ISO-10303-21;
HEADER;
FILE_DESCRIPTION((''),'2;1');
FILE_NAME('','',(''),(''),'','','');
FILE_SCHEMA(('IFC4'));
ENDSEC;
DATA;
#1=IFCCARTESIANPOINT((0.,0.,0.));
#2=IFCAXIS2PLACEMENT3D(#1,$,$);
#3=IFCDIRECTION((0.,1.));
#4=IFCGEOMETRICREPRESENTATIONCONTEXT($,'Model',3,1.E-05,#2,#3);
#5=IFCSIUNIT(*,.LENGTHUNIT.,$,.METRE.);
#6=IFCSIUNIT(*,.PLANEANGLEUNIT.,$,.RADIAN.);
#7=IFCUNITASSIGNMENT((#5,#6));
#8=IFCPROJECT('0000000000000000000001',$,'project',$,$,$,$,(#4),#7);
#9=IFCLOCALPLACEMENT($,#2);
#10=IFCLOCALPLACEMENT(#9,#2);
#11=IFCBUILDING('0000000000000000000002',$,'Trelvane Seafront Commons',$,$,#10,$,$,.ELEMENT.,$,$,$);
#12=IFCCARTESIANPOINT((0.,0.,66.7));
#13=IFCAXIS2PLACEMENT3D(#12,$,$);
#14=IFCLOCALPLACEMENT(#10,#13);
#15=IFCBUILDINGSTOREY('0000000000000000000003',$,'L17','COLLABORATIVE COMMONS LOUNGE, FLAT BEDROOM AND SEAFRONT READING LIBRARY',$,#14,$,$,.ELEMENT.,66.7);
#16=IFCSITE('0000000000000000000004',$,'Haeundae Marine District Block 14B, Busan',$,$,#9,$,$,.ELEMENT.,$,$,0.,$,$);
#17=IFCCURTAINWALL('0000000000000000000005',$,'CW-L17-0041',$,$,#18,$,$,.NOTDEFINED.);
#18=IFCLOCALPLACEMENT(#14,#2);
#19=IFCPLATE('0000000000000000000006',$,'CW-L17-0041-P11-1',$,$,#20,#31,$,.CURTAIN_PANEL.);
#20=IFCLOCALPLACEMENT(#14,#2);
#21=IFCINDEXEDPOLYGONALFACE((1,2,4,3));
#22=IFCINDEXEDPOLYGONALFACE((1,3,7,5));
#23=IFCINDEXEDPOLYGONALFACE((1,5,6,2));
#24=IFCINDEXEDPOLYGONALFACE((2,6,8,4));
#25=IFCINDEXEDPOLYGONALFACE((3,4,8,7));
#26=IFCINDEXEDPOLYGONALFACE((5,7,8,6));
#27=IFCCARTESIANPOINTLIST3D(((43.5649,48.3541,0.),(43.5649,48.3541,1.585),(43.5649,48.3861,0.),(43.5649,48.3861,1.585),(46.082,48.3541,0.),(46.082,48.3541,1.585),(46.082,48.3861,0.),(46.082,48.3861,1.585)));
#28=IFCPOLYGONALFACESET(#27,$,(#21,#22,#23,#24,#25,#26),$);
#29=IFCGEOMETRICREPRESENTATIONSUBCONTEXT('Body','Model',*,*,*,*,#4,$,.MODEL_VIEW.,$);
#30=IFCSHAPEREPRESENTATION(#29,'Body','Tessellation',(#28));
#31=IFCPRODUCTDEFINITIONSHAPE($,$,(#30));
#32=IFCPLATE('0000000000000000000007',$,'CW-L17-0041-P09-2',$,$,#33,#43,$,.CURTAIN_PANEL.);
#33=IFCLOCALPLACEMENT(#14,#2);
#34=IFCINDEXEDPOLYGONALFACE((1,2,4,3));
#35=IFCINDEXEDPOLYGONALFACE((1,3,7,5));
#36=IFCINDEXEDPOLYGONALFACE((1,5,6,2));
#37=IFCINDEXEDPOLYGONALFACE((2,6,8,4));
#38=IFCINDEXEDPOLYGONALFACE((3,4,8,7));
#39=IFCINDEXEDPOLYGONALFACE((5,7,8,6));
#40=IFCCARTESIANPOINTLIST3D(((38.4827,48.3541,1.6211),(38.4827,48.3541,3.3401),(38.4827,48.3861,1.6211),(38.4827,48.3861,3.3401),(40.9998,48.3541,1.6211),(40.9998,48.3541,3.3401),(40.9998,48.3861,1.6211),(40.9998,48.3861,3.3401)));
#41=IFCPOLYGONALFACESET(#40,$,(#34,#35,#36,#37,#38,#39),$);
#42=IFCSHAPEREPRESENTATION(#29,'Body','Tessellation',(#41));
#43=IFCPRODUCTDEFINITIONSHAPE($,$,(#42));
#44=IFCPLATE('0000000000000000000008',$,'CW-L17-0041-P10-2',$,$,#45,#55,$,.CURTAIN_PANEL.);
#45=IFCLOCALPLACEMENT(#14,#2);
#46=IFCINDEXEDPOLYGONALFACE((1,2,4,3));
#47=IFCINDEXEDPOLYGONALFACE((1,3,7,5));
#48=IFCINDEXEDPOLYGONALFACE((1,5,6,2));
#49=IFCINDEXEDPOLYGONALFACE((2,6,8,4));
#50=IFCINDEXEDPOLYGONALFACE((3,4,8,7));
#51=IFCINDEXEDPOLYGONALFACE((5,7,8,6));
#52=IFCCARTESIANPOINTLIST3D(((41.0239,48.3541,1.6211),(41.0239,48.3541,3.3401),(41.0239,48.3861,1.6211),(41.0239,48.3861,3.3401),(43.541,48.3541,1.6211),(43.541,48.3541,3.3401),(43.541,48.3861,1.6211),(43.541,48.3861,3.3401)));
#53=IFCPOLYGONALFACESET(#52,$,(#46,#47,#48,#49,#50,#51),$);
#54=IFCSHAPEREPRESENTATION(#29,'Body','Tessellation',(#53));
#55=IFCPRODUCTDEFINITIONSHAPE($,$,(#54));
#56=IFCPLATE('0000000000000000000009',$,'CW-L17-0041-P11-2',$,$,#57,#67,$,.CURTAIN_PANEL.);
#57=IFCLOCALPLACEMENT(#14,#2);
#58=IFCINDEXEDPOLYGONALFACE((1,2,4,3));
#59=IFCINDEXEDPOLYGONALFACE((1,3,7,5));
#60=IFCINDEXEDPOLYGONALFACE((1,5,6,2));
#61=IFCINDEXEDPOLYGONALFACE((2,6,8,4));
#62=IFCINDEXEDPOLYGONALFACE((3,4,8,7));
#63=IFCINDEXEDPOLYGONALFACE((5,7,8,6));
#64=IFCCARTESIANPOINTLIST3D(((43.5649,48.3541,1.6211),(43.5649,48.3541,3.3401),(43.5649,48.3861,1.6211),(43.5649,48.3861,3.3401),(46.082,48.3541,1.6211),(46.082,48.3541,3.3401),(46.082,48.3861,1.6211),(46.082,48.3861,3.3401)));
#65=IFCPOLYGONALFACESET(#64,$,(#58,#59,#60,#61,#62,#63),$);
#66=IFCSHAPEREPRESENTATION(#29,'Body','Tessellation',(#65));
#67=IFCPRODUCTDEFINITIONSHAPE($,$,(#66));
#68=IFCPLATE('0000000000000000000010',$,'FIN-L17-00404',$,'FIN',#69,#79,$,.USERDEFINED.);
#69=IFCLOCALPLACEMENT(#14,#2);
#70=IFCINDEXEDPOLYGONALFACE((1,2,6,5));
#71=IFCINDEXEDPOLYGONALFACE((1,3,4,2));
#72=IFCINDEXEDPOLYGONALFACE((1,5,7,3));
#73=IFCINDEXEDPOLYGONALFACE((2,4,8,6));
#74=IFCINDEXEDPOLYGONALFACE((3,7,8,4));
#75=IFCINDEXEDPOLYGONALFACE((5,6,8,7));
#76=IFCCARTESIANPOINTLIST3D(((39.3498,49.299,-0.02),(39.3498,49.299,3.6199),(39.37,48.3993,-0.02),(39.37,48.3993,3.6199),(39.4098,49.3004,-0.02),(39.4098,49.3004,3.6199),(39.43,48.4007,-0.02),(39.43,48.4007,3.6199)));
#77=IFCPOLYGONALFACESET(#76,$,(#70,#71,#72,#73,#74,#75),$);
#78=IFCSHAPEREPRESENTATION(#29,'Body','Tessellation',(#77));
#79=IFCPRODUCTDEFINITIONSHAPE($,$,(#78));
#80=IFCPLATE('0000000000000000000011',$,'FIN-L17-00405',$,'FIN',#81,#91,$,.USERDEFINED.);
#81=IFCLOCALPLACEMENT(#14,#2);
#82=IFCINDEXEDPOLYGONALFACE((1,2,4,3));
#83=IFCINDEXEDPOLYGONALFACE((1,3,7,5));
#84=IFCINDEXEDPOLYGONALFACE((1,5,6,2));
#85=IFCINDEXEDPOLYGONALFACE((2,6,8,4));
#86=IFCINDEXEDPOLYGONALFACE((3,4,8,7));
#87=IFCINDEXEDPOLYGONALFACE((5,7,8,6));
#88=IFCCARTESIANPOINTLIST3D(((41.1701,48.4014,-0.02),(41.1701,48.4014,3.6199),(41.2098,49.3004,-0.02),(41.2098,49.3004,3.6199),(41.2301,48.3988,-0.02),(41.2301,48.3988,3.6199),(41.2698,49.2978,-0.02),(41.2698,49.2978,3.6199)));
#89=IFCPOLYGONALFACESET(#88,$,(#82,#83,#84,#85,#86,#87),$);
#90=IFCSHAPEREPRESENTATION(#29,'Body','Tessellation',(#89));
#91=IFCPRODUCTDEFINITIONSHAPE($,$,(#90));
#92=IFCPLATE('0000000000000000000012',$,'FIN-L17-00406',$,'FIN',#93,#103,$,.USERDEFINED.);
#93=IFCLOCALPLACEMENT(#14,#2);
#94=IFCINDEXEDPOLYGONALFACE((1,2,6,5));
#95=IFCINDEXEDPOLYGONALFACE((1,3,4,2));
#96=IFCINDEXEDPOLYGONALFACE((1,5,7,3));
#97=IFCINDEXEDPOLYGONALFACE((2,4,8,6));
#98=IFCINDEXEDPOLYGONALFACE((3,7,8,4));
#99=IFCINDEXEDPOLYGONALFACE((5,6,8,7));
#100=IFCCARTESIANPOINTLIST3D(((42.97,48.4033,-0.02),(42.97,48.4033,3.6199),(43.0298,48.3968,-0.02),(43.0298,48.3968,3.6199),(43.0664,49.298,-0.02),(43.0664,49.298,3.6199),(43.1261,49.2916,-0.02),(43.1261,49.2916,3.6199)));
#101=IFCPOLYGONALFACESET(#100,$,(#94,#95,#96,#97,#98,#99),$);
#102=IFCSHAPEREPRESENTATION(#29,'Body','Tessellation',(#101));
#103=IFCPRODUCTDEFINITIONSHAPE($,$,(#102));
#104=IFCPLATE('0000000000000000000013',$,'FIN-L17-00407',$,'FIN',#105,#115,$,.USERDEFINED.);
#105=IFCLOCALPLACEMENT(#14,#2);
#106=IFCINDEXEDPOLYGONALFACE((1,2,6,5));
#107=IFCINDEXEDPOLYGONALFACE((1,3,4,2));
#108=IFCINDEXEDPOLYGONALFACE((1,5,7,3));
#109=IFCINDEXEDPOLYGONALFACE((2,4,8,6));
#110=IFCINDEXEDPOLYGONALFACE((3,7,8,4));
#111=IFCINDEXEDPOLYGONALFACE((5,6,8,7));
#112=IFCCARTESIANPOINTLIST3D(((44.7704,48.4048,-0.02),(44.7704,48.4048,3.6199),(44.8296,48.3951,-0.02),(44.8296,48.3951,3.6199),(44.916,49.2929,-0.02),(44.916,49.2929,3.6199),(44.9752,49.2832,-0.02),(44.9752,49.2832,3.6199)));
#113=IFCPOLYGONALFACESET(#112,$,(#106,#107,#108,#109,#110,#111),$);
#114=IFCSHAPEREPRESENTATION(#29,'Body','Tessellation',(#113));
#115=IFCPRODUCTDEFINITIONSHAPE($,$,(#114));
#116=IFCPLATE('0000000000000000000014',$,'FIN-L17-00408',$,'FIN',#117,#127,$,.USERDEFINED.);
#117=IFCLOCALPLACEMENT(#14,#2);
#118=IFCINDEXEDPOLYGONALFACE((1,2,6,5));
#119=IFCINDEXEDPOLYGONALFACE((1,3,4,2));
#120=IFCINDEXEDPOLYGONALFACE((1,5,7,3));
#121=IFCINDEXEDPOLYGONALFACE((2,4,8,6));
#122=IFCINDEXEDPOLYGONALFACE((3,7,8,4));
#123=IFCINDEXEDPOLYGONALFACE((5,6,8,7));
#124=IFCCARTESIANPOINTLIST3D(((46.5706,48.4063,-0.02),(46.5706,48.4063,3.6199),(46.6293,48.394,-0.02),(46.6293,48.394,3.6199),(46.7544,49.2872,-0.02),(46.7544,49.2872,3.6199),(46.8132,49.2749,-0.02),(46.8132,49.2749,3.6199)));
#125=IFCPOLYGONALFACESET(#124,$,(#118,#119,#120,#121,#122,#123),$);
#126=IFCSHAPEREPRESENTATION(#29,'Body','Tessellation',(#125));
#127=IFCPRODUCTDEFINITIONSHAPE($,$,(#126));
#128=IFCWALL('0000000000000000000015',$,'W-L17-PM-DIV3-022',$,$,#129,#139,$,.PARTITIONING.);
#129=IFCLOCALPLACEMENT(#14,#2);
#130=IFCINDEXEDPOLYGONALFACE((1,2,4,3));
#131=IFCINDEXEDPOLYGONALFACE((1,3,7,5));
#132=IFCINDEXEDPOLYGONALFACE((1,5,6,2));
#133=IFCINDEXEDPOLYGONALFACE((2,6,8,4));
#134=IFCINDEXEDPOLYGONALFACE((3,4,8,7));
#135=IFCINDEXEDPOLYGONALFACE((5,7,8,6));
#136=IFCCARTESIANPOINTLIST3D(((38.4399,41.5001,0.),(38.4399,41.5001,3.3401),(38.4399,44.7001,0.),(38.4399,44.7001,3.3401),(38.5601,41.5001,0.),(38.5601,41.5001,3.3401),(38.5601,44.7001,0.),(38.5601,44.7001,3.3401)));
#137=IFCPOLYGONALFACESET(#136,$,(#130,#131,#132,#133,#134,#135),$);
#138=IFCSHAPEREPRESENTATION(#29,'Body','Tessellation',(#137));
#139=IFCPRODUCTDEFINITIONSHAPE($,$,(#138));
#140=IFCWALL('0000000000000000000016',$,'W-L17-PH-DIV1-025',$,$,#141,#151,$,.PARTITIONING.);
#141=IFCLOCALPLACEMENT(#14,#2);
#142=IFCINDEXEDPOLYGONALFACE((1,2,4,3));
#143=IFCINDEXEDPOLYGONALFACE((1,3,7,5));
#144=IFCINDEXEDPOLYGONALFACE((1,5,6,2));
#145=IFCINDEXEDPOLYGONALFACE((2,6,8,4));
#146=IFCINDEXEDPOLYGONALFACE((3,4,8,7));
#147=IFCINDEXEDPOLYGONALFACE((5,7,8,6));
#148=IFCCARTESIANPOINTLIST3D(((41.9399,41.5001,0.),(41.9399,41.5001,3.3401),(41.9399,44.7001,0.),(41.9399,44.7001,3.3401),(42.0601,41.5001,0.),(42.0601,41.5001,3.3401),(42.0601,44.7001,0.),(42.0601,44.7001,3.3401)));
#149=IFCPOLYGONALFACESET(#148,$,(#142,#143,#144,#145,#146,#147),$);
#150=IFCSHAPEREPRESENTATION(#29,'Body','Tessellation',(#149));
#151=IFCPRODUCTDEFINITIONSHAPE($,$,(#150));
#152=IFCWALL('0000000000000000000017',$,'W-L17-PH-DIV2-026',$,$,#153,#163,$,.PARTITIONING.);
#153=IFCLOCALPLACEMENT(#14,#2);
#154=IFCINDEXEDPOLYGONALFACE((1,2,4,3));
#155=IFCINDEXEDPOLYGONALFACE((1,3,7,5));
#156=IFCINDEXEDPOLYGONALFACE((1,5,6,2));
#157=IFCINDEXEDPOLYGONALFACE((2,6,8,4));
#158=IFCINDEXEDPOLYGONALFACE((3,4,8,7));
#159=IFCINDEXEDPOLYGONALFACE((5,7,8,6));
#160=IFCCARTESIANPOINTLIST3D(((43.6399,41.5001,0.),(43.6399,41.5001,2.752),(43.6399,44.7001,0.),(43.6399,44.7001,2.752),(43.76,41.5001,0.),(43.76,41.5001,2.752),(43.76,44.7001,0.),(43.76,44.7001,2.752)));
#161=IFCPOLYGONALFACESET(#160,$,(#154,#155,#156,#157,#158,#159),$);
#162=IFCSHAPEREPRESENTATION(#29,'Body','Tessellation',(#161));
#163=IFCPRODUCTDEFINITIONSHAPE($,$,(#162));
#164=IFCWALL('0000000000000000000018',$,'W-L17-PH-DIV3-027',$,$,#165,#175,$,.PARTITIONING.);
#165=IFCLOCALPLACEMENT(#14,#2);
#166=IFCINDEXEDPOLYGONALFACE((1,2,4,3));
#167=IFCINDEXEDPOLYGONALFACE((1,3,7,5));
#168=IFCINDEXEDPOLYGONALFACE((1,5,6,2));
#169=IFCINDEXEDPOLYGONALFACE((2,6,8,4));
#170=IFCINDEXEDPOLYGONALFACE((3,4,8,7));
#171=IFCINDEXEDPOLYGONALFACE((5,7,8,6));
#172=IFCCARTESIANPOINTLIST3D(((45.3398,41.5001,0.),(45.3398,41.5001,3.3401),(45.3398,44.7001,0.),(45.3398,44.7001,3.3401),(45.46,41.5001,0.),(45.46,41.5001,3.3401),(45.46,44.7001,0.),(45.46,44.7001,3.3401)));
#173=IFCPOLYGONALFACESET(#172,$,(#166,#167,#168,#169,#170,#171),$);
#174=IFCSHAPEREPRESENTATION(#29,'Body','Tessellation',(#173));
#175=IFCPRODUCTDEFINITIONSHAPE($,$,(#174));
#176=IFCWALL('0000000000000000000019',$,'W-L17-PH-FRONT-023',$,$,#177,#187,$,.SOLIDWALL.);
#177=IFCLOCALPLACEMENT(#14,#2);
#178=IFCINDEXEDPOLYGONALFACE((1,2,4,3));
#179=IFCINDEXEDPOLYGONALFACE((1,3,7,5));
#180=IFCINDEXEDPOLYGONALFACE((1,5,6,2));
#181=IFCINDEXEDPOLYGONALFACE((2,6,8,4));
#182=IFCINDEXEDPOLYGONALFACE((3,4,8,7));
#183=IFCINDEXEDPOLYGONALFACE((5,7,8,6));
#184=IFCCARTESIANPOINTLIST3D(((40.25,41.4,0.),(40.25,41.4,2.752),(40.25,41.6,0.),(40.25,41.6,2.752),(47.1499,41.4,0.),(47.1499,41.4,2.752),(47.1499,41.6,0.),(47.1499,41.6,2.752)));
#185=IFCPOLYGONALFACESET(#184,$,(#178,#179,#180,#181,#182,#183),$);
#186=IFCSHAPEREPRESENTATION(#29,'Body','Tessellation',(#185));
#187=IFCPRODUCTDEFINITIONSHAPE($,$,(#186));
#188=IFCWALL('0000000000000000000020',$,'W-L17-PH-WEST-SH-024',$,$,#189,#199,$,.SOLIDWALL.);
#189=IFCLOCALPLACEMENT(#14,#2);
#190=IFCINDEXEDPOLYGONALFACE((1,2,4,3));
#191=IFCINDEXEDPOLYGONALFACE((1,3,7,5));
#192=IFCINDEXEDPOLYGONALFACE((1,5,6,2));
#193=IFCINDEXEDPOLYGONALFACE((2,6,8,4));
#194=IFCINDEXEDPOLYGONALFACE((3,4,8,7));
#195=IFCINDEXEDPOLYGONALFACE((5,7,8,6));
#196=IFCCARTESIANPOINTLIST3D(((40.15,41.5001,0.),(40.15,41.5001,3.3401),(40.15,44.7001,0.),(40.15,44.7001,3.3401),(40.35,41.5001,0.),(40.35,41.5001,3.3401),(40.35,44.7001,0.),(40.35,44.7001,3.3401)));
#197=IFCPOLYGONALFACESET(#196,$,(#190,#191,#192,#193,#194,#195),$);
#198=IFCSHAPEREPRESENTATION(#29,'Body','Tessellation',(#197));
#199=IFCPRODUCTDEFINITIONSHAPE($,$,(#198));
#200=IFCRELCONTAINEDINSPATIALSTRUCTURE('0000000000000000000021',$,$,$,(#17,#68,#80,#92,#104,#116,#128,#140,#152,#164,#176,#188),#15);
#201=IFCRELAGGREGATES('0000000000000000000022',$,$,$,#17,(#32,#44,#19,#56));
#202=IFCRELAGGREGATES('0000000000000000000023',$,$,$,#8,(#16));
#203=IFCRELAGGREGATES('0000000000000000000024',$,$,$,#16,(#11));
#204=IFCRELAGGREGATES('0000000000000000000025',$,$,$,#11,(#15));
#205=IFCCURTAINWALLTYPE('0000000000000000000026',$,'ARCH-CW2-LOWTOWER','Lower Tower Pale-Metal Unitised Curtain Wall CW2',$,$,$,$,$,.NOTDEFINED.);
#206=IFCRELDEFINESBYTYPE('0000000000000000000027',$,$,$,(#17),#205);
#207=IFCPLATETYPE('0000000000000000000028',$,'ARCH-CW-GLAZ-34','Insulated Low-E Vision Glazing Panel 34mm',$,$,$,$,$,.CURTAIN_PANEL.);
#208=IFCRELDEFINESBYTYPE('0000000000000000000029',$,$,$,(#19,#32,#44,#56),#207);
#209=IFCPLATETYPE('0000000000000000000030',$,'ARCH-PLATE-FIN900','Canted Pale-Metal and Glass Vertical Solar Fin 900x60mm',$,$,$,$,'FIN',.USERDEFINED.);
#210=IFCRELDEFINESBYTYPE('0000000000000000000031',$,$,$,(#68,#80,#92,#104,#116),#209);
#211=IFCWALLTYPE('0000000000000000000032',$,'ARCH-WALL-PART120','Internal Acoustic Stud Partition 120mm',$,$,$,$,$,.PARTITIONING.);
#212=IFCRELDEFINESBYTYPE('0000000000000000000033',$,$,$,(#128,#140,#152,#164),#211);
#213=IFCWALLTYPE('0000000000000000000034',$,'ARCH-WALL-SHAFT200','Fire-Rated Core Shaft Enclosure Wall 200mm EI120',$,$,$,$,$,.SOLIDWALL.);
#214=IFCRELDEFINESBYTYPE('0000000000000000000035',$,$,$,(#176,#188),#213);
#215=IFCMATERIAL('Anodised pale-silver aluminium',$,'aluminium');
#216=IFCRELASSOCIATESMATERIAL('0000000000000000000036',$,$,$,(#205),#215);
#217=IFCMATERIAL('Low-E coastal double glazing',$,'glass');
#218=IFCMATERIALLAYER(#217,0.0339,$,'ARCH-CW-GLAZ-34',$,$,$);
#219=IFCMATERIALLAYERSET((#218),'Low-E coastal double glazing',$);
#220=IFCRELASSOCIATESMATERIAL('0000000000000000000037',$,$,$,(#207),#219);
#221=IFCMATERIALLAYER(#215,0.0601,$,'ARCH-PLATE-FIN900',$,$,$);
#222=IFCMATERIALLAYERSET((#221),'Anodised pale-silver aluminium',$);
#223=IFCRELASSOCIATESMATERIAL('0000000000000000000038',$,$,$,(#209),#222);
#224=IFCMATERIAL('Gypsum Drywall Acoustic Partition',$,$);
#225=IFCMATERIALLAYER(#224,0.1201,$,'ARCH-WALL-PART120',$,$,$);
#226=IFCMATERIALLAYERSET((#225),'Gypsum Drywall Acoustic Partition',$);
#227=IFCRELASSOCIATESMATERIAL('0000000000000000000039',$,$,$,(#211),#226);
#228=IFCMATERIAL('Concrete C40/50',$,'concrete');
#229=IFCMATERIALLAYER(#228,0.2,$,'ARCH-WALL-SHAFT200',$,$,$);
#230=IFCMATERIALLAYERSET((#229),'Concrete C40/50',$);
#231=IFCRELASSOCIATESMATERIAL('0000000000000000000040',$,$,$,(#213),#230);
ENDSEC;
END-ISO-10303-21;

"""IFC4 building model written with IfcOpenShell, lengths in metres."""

from ifc_helpers import new_model, si_unit, direction, frame, frame_2d, origin, origin_2d, place, context, subcontext, project, spatial, rectangle, extrude, source, transform, mapped, material, layer, layer_set, type_object, element, aggregate, save


model = new_model("IFC4")

# Units and contexts
model_context = context("Model", 3, precision=1e-05, world=origin(), true_north=direction((0.0, 1.0)))
body_context = subcontext(model_context, "Body", "Model", "MODEL_VIEW")
ifc_project = project(units=[si_unit("LENGTHUNIT", "METRE"), si_unit("PLANEANGLEUNIT", "RADIAN")], contexts=[model_context])

# Site, building, storey
site_placement = place(None, origin())
site = spatial("IfcSite", under=ifc_project, at=site_placement, Name="Haeundae Marine District Block 14B, Busan", CompositionType="ELEMENT", RefElevation=0.0)
building_placement = place(site_placement, origin())
building = spatial("IfcBuilding", under=site, at=building_placement, Name="Trelvane Seafront Commons", CompositionType="ELEMENT")
storey_placement = place(building_placement, frame((0.0, 0.0, 66.7)))
storey = spatial("IfcBuildingStorey", under=building, at=storey_placement, Name="L17", Description="COLLABORATIVE COMMONS LOUNGE, FLAT BEDROOM AND SEAFRONT READING LIBRARY", CompositionType="ELEMENT", Elevation=66.7)

# Curtain wall, plates
ifc_material_1 = material(Name="Anodised pale-silver aluminium", Category="aluminium")
curtain_wall_type = type_object("IfcCurtainWallType", Name="ARCH-CW2-LOWTOWER", Description="Lower Tower Pale-Metal Unitised Curtain Wall CW2", PredefinedType="NOTDEFINED", material=ifc_material_1)
curtain_wall_placement = place(storey_placement, origin())
curtain_wall = element("IfcCurtainWall", 1, at=curtain_wall_placement, inside=storey, type_object=curtain_wall_type, Name="CW-L17-0041", PredefinedType="NOTDEFINED")
ifc_material_2 = material(Name="Low-E coastal double glazing", Category="glass")
ifc_layer_1 = layer(ifc_material_2, 0.0339, Name="ARCH-CW-GLAZ-34")
ifc_layer_set_1 = layer_set([ifc_layer_1], Name="Low-E coastal double glazing")
plate_type_1 = type_object("IfcPlateType", Name="ARCH-CW-GLAZ-34", Description="Insulated Low-E Vision Glazing Panel 34mm", PredefinedType="CURTAIN_PANEL", material=ifc_layer_set_1)
shared_shape_1 = source(origin(), body_context, "Body", "SweptSolid", [
    extrude(rectangle(XDim=2.5171, YDim=0.032, at=origin_2d()), origin(), (0.0, 0.0, 1.0), 1.585),
])
plate_1_placement = place(storey_placement, frame((44.8235, 48.3701, 0.0), z_axis=(0.0, 0.0, 1.0), x_axis=(1.0, 0.0, 0.0)))
plate_1 = element("IfcPlate", 2, at=plate_1_placement, type_object=plate_type_1, Name="CW-L17-0041-P11-1", PredefinedType="CURTAIN_PANEL", context=body_context, shape_type="MappedRepresentation", body=[
    mapped(shared_shape_1, transform((0.0, 0.0, 0.0), x_axis=(1.0, 0.0, 0.0), y_axis=(0.0, 1.0, 0.0), z_axis=(0.0, 0.0, 1.0), scale=1.0)),
])
shared_shape_2 = source(origin(), body_context, "Body", "SweptSolid", [
    extrude(rectangle(XDim=2.5171, YDim=0.032, at=origin_2d()), origin(), (0.0, 0.0, 1.0), 1.719),
])
plate_2_placement = place(storey_placement, frame((39.7412, 48.3701, 1.6211), z_axis=(0.0, 0.0, 1.0), x_axis=(1.0, 0.0, 0.0)))
plate_2 = element("IfcPlate", 3, at=plate_2_placement, type_object=plate_type_1, Name="CW-L17-0041-P09-2", PredefinedType="CURTAIN_PANEL", context=body_context, shape_type="MappedRepresentation", body=[
    mapped(shared_shape_2, transform((0.0, 0.0, 0.0), x_axis=(1.0, 0.0, 0.0), y_axis=(0.0, 1.0, 0.0), z_axis=(0.0, 0.0, 1.0), scale=1.0)),
])
plate_3_placement = place(storey_placement, frame((42.2825, 48.3701, 1.6211), z_axis=(0.0, 0.0, 1.0), x_axis=(1.0, 0.0, 0.0)))
plate_3 = element("IfcPlate", 4, at=plate_3_placement, type_object=plate_type_1, Name="CW-L17-0041-P10-2", PredefinedType="CURTAIN_PANEL", context=body_context, shape_type="MappedRepresentation", body=[
    mapped(shared_shape_2, transform((0.0, 0.0, 0.0), x_axis=(1.0, 0.0, 0.0), y_axis=(0.0, 1.0, 0.0), z_axis=(0.0, 0.0, 1.0), scale=1.0)),
])
plate_4_placement = place(storey_placement, frame((44.8235, 48.3701, 1.6211), z_axis=(0.0, 0.0, 1.0), x_axis=(1.0, 0.0, 0.0)))
plate_4 = element("IfcPlate", 5, at=plate_4_placement, type_object=plate_type_1, Name="CW-L17-0041-P11-2", PredefinedType="CURTAIN_PANEL", context=body_context, shape_type="MappedRepresentation", body=[
    mapped(shared_shape_2, transform((0.0, 0.0, 0.0), x_axis=(1.0, 0.0, 0.0), y_axis=(0.0, 1.0, 0.0), z_axis=(0.0, 0.0, 1.0), scale=1.0)),
])
aggregate(curtain_wall, [plate_2, plate_3, plate_1, plate_4])

# Plates
ifc_layer_2 = layer(ifc_material_1, 0.0601, Name="ARCH-PLATE-FIN900")
ifc_layer_set_2 = layer_set([ifc_layer_2], Name="Anodised pale-silver aluminium")
plate_type_2 = type_object("IfcPlateType", Name="ARCH-PLATE-FIN900", Description="Canted Pale-Metal and Glass Vertical Solar Fin 900x60mm", ElementType="FIN", PredefinedType="USERDEFINED", material=ifc_layer_set_2)
shared_shape_3 = source(origin(), body_context, "Body", "SweptSolid", [
    extrude(rectangle(XDim=0.8999, YDim=0.0601, at=origin_2d()), origin(), (0.0, 0.0, 1.0), 3.6399),
])
for number, where, z_axis, x_axis, name in (
    (6, (39.3899, 48.8499, -0.02), (0.0, 0.0, 1.0), (-0.022443, 0.999748, 0.0), "FIN-L17-00404"),
    (7, (41.22, 48.8496, -0.02), (0.0, 0.0, 1.0), (0.044113, 0.999027, 0.0), "FIN-L17-00405"),
    (8, (43.0481, 48.8474, -0.02), (0.0, 0.0, 1.0), (0.107114, 0.994247, 0.0), "FIN-L17-00406"),
    (9, (44.8728, 48.844, -0.02), (0.0, 0.0, 1.0), (0.161786, 0.986826, 0.0), "FIN-L17-00407"),
    (10, (46.6919, 48.8406, -0.02), (0.0, 0.0, 1.0), (0.204335, 0.978901, 0.0), "FIN-L17-00408"),
):
    element("IfcPlate", number, at=place(storey_placement, frame(where, z_axis=z_axis, x_axis=x_axis)), inside=storey, type_object=plate_type_2, Name=name, ObjectType="FIN", PredefinedType="USERDEFINED", context=body_context, shape_type="MappedRepresentation", body=[
        mapped(shared_shape_3, transform((0.0, 0.0, 0.0), x_axis=(1.0, 0.0, 0.0), y_axis=(0.0, 1.0, 0.0), z_axis=(0.0, 0.0, 1.0), scale=1.0)),
    ])

# Walls
ifc_material_3 = material(Name="Gypsum Drywall Acoustic Partition")
ifc_layer_3 = layer(ifc_material_3, 0.1201, Name="ARCH-WALL-PART120")
ifc_layer_set_3 = layer_set([ifc_layer_3], Name="Gypsum Drywall Acoustic Partition")
wall_type_1 = type_object("IfcWallType", Name="ARCH-WALL-PART120", Description="Internal Acoustic Stud Partition 120mm", PredefinedType="PARTITIONING", material=ifc_layer_set_3)
for number, where, z_axis, x_axis, name in (
    (11, (38.5, 41.5, 0.0), (0.0, 0.0, 1.0), (0.0, 1.0, 0.0), "W-L17-PM-DIV3-022"),
    (12, (42.0, 41.5, 0.0), (0.0, 0.0, 1.0), (0.0, 1.0, 0.0), "W-L17-PH-DIV1-025"),
):
    element("IfcWall", number, at=place(storey_placement, frame(where, z_axis=z_axis, x_axis=x_axis)), inside=storey, type_object=wall_type_1, Name=name, PredefinedType="PARTITIONING", context=body_context, shape_type="SweptSolid", body=[
        extrude(rectangle(XDim=3.2, YDim=0.1201, at=frame_2d((1.6001, 0.0))), origin(), (0.0, 0.0, 1.0), 3.3401),
    ])
wall_1_placement = place(storey_placement, frame((43.7, 41.5, 0.0), z_axis=(0.0, 0.0, 1.0), x_axis=(0.0, 1.0, 0.0)))
element("IfcWall", 13, at=wall_1_placement, inside=storey, type_object=wall_type_1, Name="W-L17-PH-DIV2-026", PredefinedType="PARTITIONING", context=body_context, shape_type="SweptSolid", body=[
    extrude(rectangle(XDim=3.2, YDim=0.1201, at=frame_2d((1.6001, 0.0))), origin(), (0.0, 0.0, 1.0), 2.752),
])
wall_2_placement = place(storey_placement, frame((45.3999, 41.5, 0.0), z_axis=(0.0, 0.0, 1.0), x_axis=(0.0, 1.0, 0.0)))
element("IfcWall", 14, at=wall_2_placement, inside=storey, type_object=wall_type_1, Name="W-L17-PH-DIV3-027", PredefinedType="PARTITIONING", context=body_context, shape_type="SweptSolid", body=[
    extrude(rectangle(XDim=3.2, YDim=0.1201, at=frame_2d((1.6001, 0.0))), origin(), (0.0, 0.0, 1.0), 3.3401),
])
ifc_material_4 = material(Name="Concrete C40/50", Category="concrete")
ifc_layer_4 = layer(ifc_material_4, 0.2, Name="ARCH-WALL-SHAFT200")
ifc_layer_set_4 = layer_set([ifc_layer_4], Name="Concrete C40/50")
wall_type_2 = type_object("IfcWallType", Name="ARCH-WALL-SHAFT200", Description="Fire-Rated Core Shaft Enclosure Wall 200mm EI120", PredefinedType="SOLIDWALL", material=ifc_layer_set_4)
wall_3_placement = place(storey_placement, frame((40.25, 41.5, 0.0), z_axis=(0.0, 0.0, 1.0), x_axis=(1.0, 0.0, 0.0)))
element("IfcWall", 15, at=wall_3_placement, inside=storey, type_object=wall_type_2, Name="W-L17-PH-FRONT-023", PredefinedType="SOLIDWALL", context=body_context, shape_type="SweptSolid", body=[
    extrude(rectangle(XDim=6.8999, YDim=0.2, at=frame_2d((3.45, 0.0))), origin(), (0.0, 0.0, 1.0), 2.752),
])
wall_4_placement = place(storey_placement, frame((40.25, 41.5, 0.0), z_axis=(0.0, 0.0, 1.0), x_axis=(0.0, 1.0, 0.0)))
element("IfcWall", 16, at=wall_4_placement, inside=storey, type_object=wall_type_2, Name="W-L17-PH-WEST-SH-024", PredefinedType="SOLIDWALL", context=body_context, shape_type="SweptSolid", body=[
    extrude(rectangle(XDim=3.2, YDim=0.2, at=frame_2d((1.6001, 0.0))), origin(), (0.0, 0.0, 1.0), 3.3401),
])

save(model, "model.ifc")
